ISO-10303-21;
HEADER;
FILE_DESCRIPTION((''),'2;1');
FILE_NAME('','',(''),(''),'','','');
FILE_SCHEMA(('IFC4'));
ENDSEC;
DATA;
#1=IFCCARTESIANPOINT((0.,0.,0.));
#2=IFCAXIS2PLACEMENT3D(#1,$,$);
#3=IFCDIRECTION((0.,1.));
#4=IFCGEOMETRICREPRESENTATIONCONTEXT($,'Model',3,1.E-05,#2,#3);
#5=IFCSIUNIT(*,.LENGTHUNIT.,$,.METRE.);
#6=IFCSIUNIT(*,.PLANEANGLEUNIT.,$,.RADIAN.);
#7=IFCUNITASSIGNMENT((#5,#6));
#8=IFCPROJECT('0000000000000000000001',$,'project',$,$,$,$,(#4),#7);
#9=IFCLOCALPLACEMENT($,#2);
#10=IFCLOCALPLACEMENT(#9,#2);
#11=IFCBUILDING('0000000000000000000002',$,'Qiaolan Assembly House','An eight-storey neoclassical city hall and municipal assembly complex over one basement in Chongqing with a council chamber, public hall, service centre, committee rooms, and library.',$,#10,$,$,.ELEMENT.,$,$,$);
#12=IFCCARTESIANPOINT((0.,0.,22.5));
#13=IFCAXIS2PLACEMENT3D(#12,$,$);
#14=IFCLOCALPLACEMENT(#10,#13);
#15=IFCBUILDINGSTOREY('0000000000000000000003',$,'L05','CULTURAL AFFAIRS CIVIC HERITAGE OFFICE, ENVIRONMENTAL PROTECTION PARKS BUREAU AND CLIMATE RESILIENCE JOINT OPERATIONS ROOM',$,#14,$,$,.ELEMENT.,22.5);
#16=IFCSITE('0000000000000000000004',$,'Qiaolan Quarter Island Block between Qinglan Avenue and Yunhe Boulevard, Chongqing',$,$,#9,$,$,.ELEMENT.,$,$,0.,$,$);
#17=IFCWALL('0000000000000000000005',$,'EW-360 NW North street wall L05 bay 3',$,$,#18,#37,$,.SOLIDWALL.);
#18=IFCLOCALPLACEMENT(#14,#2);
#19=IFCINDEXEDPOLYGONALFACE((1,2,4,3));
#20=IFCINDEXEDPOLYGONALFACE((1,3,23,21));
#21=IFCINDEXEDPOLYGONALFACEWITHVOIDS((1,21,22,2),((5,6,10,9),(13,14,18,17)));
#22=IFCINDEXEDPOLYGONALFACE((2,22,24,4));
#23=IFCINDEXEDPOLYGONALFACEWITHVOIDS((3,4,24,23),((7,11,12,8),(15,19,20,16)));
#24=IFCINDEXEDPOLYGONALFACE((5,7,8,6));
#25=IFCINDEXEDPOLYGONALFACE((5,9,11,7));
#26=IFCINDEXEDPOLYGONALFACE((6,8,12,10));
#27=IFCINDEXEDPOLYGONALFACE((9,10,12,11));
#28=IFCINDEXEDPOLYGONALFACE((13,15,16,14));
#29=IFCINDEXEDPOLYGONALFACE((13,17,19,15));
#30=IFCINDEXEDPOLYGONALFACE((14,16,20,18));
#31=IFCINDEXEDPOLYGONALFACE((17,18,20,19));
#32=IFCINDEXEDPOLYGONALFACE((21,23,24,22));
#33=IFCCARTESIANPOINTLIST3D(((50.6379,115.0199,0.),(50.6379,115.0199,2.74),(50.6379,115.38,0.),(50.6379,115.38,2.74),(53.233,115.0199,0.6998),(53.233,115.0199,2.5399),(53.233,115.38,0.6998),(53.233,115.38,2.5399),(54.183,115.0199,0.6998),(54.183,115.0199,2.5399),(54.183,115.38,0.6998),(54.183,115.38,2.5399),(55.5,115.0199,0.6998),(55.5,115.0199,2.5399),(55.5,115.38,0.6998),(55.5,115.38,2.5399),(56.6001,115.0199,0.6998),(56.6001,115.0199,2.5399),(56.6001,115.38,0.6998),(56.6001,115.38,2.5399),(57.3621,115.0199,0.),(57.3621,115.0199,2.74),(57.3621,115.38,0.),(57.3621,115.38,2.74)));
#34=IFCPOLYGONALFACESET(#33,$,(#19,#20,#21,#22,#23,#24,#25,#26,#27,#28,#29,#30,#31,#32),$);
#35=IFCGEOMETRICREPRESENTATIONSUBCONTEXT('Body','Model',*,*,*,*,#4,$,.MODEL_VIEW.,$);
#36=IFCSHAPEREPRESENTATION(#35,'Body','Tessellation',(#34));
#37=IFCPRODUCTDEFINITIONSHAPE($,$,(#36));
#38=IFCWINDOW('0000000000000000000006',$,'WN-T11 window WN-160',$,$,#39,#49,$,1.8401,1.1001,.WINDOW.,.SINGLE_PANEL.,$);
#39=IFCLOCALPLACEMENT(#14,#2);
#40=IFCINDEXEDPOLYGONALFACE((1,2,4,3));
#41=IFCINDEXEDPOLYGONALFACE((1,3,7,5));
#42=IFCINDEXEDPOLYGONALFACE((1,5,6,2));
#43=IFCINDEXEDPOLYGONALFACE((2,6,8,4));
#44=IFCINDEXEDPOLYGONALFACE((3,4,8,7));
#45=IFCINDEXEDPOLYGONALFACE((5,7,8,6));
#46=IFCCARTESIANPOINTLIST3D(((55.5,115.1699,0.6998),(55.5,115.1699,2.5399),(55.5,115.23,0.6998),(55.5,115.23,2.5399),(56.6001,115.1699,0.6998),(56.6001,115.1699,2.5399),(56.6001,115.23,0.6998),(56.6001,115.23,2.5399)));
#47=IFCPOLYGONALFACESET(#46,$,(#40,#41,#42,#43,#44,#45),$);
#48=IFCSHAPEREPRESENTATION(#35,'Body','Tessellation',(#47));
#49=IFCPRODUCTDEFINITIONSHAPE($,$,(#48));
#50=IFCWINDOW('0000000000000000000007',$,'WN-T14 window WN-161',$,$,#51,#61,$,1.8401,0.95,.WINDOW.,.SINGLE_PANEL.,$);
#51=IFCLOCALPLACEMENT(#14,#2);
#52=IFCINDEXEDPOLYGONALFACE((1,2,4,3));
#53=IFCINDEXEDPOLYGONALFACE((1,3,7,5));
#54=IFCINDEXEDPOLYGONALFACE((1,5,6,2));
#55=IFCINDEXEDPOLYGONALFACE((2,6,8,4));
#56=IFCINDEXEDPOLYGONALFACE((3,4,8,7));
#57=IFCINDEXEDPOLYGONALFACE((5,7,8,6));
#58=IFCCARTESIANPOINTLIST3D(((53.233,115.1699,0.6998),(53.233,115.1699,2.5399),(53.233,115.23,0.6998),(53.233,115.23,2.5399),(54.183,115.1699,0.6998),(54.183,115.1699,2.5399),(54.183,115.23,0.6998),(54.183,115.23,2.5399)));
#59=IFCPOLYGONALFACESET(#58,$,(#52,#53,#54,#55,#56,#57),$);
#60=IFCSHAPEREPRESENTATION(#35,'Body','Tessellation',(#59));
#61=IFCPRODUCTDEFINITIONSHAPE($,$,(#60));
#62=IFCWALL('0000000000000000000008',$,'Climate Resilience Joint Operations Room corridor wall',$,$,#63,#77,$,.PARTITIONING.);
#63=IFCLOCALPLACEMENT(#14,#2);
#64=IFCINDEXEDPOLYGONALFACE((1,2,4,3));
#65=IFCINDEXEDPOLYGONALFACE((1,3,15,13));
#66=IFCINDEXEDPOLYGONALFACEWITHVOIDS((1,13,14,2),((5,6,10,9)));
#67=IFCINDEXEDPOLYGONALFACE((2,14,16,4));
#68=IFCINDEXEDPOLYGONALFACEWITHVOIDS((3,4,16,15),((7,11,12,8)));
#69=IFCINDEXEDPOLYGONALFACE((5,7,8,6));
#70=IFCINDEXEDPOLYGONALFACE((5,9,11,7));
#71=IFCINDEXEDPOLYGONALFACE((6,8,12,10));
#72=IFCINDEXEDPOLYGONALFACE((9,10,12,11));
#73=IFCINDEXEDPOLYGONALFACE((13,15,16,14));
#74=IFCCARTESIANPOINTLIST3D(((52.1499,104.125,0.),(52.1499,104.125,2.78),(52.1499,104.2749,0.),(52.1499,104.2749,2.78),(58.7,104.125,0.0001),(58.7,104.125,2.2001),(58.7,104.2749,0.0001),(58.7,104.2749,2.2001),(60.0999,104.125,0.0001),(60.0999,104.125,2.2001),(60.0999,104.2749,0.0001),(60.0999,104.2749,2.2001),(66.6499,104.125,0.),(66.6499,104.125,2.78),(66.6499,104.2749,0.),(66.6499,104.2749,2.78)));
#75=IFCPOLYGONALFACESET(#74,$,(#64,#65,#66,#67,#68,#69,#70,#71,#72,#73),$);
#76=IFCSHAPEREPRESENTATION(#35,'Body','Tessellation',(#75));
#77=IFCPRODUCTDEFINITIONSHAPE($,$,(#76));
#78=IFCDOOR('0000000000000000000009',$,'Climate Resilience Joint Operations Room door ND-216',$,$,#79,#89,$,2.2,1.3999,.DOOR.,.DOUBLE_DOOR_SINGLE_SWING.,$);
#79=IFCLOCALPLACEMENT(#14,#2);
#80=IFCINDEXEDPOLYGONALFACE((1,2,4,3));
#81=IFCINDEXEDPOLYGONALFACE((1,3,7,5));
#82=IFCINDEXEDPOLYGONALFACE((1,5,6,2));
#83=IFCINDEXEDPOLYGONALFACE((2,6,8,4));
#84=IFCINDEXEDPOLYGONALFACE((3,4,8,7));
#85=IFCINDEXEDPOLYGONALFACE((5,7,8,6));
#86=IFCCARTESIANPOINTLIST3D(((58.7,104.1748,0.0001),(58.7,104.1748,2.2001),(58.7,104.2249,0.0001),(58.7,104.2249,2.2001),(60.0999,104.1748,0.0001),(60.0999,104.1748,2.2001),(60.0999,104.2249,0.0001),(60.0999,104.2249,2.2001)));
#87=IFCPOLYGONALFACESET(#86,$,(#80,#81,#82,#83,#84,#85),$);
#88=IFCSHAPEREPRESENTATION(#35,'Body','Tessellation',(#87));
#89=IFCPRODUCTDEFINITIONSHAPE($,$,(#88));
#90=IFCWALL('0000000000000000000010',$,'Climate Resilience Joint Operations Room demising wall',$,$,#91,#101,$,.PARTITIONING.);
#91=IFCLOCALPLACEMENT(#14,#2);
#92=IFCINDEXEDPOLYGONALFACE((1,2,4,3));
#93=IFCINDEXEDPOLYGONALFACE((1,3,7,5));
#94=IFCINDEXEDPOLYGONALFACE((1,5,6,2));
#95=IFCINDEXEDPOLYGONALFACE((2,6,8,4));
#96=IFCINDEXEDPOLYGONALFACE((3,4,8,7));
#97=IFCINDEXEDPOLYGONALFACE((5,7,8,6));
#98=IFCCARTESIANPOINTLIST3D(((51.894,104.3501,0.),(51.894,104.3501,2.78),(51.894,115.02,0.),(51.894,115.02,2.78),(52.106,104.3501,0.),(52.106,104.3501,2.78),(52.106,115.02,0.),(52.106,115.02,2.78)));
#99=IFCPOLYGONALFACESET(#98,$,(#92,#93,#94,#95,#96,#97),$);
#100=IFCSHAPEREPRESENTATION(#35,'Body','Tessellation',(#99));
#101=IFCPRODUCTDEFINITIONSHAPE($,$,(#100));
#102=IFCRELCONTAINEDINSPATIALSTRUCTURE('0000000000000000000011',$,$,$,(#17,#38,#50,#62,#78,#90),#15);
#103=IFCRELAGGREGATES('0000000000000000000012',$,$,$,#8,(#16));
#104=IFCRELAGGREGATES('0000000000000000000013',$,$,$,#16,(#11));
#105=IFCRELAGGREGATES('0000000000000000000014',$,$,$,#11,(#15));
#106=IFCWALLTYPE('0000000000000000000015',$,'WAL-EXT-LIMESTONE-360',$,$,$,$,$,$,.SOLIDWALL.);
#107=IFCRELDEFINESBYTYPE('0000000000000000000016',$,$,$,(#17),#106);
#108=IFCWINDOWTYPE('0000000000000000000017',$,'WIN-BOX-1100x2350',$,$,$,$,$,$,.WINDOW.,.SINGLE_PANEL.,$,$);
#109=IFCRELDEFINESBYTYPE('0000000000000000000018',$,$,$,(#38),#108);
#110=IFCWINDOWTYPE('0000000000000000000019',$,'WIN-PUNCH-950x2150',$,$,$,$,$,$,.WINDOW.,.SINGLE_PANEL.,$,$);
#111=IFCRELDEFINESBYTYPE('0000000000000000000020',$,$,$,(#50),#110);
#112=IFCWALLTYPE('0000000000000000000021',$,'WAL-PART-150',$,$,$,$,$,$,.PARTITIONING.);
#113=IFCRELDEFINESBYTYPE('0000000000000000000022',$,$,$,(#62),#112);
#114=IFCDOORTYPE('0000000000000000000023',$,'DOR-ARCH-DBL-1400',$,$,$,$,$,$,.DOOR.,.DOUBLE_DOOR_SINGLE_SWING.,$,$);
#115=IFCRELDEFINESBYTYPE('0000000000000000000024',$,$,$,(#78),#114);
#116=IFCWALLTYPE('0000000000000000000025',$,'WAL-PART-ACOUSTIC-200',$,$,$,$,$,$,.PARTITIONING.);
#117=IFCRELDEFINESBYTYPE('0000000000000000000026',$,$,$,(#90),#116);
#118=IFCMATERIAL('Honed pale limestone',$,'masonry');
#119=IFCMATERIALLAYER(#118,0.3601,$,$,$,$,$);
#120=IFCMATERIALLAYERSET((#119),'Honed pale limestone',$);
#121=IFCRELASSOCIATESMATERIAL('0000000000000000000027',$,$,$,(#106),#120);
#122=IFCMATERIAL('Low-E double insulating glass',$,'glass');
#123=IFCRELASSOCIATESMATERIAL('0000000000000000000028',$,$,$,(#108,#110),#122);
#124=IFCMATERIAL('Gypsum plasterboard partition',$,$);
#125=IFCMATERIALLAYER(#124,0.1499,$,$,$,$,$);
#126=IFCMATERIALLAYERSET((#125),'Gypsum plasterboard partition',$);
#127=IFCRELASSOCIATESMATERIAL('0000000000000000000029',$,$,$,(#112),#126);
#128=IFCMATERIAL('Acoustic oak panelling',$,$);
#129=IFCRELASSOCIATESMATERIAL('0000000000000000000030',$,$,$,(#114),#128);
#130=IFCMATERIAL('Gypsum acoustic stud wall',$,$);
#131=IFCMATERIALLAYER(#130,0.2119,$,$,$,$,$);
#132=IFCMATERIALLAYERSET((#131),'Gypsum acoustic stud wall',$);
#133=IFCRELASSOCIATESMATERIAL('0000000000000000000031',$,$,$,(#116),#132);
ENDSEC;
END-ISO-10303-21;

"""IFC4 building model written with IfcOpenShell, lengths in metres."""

from ifc_helpers import new_model, si_unit, direction, frame, frame_2d, origin, place, context, subcontext, project, spatial, rectangle, extrude, material, layer, layer_set, type_object, element, fill, save


model = new_model("IFC4")

# Units and contexts
model_context = context("Model", 3, precision=1e-05, world=origin(), true_north=direction((0.0, 1.0)))
body_context = subcontext(model_context, "Body", "Model", "MODEL_VIEW")
ifc_project = project(units=[si_unit("LENGTHUNIT", "METRE"), si_unit("PLANEANGLEUNIT", "RADIAN")], contexts=[model_context])

# Site, building, storey
site_placement = place(None, origin())
site = spatial("IfcSite", under=ifc_project, at=site_placement, Name="Qiaolan Quarter Island Block between Qinglan Avenue and Yunhe Boulevard, Chongqing", CompositionType="ELEMENT", RefElevation=0.0)
building_placement = place(site_placement, origin())
building = spatial("IfcBuilding", under=site, at=building_placement, Name="Qiaolan Assembly House", Description="An eight-storey neoclassical city hall and municipal assembly complex over one basement in Chongqing with a council chamber, public hall, service centre, committee rooms, and library.", CompositionType="ELEMENT")
storey_placement = place(building_placement, frame((0.0, 0.0, 22.5)))
storey = spatial("IfcBuildingStorey", under=building, at=storey_placement, Name="L05", Description="CULTURAL AFFAIRS CIVIC HERITAGE OFFICE, ENVIRONMENTAL PROTECTION PARKS BUREAU AND CLIMATE RESILIENCE JOINT OPERATIONS ROOM", CompositionType="ELEMENT", Elevation=22.5)

# Shared definitions
ifc_material_1 = material(Name="Honed pale limestone", Category="masonry")

# Wall, openings, windows
ifc_layer_1 = layer(ifc_material_1, 0.3601)
ifc_layer_set_1 = layer_set([ifc_layer_1], Name="Honed pale limestone")
wall_type_1 = type_object("IfcWallType", Name="WAL-EXT-LIMESTONE-360", PredefinedType="SOLIDWALL", material=ifc_layer_set_1)
wall_1_placement = place(storey_placement, frame((57.3621, 115.2, 0.0), z_axis=(0.0, 0.0, 1.0), x_axis=(-1.0, 0.0, 0.0)))
wall_1 = element("IfcWall", 1, at=wall_1_placement, inside=storey, type_object=wall_type_1, Name="EW-360 NW North street wall L05 bay 3", PredefinedType="SOLIDWALL", context=body_context, shape_type="SweptSolid", body=[
    extrude(rectangle(XDim=6.7241, YDim=0.3601, at=frame_2d((3.3621, 0.0))), origin(), (0.0, 0.0, 1.0), 2.74),
])
opening_1_placement = place(wall_1_placement, frame((0.762, 0.0, 0.7)))
opening_1 = element("IfcOpeningElement", 2, at=opening_1_placement, cuts=wall_1, PredefinedType="OPENING", context=body_context, shape_type="SweptSolid", body=[
    extrude(rectangle(XDim=1.1001, YDim=1.8401, at=frame_2d((0.55, 0.9199))), frame((0.0, 0.1899, 0.0), z_axis=(0.0, -1.0, 0.0), x_axis=(1.0, 0.0, 0.0)), (0.0, 0.0, 1.0), 0.3801),
])
opening_2_placement = place(wall_1_placement, frame((3.179, 0.0, 0.7)))
opening_2 = element("IfcOpeningElement", 3, at=opening_2_placement, cuts=wall_1, PredefinedType="OPENING", context=body_context, shape_type="SweptSolid", body=[
    extrude(rectangle(XDim=0.95, YDim=1.8401, at=frame_2d((0.4751, 0.9199))), frame((0.0, 0.1899, 0.0), z_axis=(0.0, -1.0, 0.0), x_axis=(1.0, 0.0, 0.0)), (0.0, 0.0, 1.0), 0.3801),
])
ifc_material_2 = material(Name="Low-E double insulating glass", Category="glass")
window_type_1 = type_object("IfcWindowType", Name="WIN-BOX-1100x2350", PartitioningType="SINGLE_PANEL", PredefinedType="WINDOW", material=ifc_material_2)
window_1_placement = place(opening_1_placement, origin())
window_1 = element("IfcWindow", 4, at=window_1_placement, inside=storey, type_object=window_type_1, Name="WN-T11 window WN-160", OverallHeight=1.8401, OverallWidth=1.1001, PartitioningType="SINGLE_PANEL", PredefinedType="WINDOW", context=body_context, shape_type="SweptSolid", body=[
    extrude(rectangle(XDim=1.1001, YDim=1.8401, at=frame_2d((0.55, 0.9199))), frame((0.0, 0.03, 0.0), z_axis=(0.0, -1.0, 0.0), x_axis=(1.0, 0.0, 0.0)), (0.0, 0.0, 1.0), 0.0601),
])
fill(opening_1, window_1)
window_type_2 = type_object("IfcWindowType", Name="WIN-PUNCH-950x2150", PartitioningType="SINGLE_PANEL", PredefinedType="WINDOW", material=ifc_material_2)
window_2_placement = place(opening_2_placement, origin())
window_2 = element("IfcWindow", 5, at=window_2_placement, inside=storey, type_object=window_type_2, Name="WN-T14 window WN-161", OverallHeight=1.8401, OverallWidth=0.95, PartitioningType="SINGLE_PANEL", PredefinedType="WINDOW", context=body_context, shape_type="SweptSolid", body=[
    extrude(rectangle(XDim=0.95, YDim=1.8401, at=frame_2d((0.4751, 0.9199))), frame((0.0, 0.03, 0.0), z_axis=(0.0, -1.0, 0.0), x_axis=(1.0, 0.0, 0.0)), (0.0, 0.0, 1.0), 0.0601),
])
fill(opening_2, window_2)

# Wall, opening, door
ifc_material_3 = material(Name="Gypsum plasterboard partition")
ifc_layer_2 = layer(ifc_material_3, 0.1499)
ifc_layer_set_2 = layer_set([ifc_layer_2], Name="Gypsum plasterboard partition")
wall_type_2 = type_object("IfcWallType", Name="WAL-PART-150", PredefinedType="PARTITIONING", material=ifc_layer_set_2)
wall_2_placement = place(storey_placement, frame((52.1499, 104.2, 0.0), z_axis=(0.0, 0.0, 1.0), x_axis=(1.0, 0.0, 0.0)))
wall_2 = element("IfcWall", 6, at=wall_2_placement, inside=storey, type_object=wall_type_2, Name="Climate Resilience Joint Operations Room corridor wall", PredefinedType="PARTITIONING", context=body_context, shape_type="SweptSolid", body=[
    extrude(rectangle(XDim=14.5, YDim=0.1499, at=frame_2d((7.25, 0.0))), origin(), (0.0, 0.0, 1.0), 2.78),
])
opening_3_placement = place(wall_2_placement, frame((6.55, 0.0, 0.0)))
opening_3 = element("IfcOpeningElement", 7, at=opening_3_placement, cuts=wall_2, PredefinedType="OPENING", context=body_context, shape_type="SweptSolid", body=[
    extrude(rectangle(XDim=1.3999, YDim=2.2, at=frame_2d((0.7, 1.1001))), frame((0.0, 0.085, 0.0), z_axis=(0.0, -1.0, 0.0), x_axis=(1.0, 0.0, 0.0)), (0.0, 0.0, 1.0), 0.1699),
])
ifc_material_4 = material(Name="Acoustic oak panelling")
door_type = type_object("IfcDoorType", Name="DOR-ARCH-DBL-1400", OperationType="DOUBLE_DOOR_SINGLE_SWING", PredefinedType="DOOR", material=ifc_material_4)
door_placement = place(opening_3_placement, origin())
door = element("IfcDoor", 8, at=door_placement, inside=storey, type_object=door_type, Name="Climate Resilience Joint Operations Room door ND-216", OperationType="DOUBLE_DOOR_SINGLE_SWING", OverallHeight=2.2, OverallWidth=1.3999, PredefinedType="DOOR", context=body_context, shape_type="SweptSolid", body=[
    extrude(rectangle(XDim=1.3999, YDim=2.2, at=frame_2d((0.7, 1.1001))), frame((0.0, 0.0249, 0.0), z_axis=(0.0, -1.0, 0.0), x_axis=(1.0, 0.0, 0.0)), (0.0, 0.0, 1.0), 0.05),
])
fill(opening_3, door)

# Wall
ifc_material_5 = material(Name="Gypsum acoustic stud wall")
ifc_layer_3 = layer(ifc_material_5, 0.2119)
ifc_layer_set_3 = layer_set([ifc_layer_3], Name="Gypsum acoustic stud wall")
wall_type_3 = type_object("IfcWallType", Name="WAL-PART-ACOUSTIC-200", PredefinedType="PARTITIONING", material=ifc_layer_set_3)
wall_3_placement = place(storey_placement, frame((52.0, 104.3501, 0.0), z_axis=(0.0, 0.0, 1.0), x_axis=(0.0, 1.0, 0.0)))
element("IfcWall", 9, at=wall_3_placement, inside=storey, type_object=wall_type_3, Name="Climate Resilience Joint Operations Room demising wall", PredefinedType="PARTITIONING", context=body_context, shape_type="SweptSolid", body=[
    extrude(rectangle(XDim=10.6699, YDim=0.2119, at=frame_2d((5.335, 0.0))), origin(), (0.0, 0.0, 1.0), 2.78),
])

save(model, "model.ifc")
